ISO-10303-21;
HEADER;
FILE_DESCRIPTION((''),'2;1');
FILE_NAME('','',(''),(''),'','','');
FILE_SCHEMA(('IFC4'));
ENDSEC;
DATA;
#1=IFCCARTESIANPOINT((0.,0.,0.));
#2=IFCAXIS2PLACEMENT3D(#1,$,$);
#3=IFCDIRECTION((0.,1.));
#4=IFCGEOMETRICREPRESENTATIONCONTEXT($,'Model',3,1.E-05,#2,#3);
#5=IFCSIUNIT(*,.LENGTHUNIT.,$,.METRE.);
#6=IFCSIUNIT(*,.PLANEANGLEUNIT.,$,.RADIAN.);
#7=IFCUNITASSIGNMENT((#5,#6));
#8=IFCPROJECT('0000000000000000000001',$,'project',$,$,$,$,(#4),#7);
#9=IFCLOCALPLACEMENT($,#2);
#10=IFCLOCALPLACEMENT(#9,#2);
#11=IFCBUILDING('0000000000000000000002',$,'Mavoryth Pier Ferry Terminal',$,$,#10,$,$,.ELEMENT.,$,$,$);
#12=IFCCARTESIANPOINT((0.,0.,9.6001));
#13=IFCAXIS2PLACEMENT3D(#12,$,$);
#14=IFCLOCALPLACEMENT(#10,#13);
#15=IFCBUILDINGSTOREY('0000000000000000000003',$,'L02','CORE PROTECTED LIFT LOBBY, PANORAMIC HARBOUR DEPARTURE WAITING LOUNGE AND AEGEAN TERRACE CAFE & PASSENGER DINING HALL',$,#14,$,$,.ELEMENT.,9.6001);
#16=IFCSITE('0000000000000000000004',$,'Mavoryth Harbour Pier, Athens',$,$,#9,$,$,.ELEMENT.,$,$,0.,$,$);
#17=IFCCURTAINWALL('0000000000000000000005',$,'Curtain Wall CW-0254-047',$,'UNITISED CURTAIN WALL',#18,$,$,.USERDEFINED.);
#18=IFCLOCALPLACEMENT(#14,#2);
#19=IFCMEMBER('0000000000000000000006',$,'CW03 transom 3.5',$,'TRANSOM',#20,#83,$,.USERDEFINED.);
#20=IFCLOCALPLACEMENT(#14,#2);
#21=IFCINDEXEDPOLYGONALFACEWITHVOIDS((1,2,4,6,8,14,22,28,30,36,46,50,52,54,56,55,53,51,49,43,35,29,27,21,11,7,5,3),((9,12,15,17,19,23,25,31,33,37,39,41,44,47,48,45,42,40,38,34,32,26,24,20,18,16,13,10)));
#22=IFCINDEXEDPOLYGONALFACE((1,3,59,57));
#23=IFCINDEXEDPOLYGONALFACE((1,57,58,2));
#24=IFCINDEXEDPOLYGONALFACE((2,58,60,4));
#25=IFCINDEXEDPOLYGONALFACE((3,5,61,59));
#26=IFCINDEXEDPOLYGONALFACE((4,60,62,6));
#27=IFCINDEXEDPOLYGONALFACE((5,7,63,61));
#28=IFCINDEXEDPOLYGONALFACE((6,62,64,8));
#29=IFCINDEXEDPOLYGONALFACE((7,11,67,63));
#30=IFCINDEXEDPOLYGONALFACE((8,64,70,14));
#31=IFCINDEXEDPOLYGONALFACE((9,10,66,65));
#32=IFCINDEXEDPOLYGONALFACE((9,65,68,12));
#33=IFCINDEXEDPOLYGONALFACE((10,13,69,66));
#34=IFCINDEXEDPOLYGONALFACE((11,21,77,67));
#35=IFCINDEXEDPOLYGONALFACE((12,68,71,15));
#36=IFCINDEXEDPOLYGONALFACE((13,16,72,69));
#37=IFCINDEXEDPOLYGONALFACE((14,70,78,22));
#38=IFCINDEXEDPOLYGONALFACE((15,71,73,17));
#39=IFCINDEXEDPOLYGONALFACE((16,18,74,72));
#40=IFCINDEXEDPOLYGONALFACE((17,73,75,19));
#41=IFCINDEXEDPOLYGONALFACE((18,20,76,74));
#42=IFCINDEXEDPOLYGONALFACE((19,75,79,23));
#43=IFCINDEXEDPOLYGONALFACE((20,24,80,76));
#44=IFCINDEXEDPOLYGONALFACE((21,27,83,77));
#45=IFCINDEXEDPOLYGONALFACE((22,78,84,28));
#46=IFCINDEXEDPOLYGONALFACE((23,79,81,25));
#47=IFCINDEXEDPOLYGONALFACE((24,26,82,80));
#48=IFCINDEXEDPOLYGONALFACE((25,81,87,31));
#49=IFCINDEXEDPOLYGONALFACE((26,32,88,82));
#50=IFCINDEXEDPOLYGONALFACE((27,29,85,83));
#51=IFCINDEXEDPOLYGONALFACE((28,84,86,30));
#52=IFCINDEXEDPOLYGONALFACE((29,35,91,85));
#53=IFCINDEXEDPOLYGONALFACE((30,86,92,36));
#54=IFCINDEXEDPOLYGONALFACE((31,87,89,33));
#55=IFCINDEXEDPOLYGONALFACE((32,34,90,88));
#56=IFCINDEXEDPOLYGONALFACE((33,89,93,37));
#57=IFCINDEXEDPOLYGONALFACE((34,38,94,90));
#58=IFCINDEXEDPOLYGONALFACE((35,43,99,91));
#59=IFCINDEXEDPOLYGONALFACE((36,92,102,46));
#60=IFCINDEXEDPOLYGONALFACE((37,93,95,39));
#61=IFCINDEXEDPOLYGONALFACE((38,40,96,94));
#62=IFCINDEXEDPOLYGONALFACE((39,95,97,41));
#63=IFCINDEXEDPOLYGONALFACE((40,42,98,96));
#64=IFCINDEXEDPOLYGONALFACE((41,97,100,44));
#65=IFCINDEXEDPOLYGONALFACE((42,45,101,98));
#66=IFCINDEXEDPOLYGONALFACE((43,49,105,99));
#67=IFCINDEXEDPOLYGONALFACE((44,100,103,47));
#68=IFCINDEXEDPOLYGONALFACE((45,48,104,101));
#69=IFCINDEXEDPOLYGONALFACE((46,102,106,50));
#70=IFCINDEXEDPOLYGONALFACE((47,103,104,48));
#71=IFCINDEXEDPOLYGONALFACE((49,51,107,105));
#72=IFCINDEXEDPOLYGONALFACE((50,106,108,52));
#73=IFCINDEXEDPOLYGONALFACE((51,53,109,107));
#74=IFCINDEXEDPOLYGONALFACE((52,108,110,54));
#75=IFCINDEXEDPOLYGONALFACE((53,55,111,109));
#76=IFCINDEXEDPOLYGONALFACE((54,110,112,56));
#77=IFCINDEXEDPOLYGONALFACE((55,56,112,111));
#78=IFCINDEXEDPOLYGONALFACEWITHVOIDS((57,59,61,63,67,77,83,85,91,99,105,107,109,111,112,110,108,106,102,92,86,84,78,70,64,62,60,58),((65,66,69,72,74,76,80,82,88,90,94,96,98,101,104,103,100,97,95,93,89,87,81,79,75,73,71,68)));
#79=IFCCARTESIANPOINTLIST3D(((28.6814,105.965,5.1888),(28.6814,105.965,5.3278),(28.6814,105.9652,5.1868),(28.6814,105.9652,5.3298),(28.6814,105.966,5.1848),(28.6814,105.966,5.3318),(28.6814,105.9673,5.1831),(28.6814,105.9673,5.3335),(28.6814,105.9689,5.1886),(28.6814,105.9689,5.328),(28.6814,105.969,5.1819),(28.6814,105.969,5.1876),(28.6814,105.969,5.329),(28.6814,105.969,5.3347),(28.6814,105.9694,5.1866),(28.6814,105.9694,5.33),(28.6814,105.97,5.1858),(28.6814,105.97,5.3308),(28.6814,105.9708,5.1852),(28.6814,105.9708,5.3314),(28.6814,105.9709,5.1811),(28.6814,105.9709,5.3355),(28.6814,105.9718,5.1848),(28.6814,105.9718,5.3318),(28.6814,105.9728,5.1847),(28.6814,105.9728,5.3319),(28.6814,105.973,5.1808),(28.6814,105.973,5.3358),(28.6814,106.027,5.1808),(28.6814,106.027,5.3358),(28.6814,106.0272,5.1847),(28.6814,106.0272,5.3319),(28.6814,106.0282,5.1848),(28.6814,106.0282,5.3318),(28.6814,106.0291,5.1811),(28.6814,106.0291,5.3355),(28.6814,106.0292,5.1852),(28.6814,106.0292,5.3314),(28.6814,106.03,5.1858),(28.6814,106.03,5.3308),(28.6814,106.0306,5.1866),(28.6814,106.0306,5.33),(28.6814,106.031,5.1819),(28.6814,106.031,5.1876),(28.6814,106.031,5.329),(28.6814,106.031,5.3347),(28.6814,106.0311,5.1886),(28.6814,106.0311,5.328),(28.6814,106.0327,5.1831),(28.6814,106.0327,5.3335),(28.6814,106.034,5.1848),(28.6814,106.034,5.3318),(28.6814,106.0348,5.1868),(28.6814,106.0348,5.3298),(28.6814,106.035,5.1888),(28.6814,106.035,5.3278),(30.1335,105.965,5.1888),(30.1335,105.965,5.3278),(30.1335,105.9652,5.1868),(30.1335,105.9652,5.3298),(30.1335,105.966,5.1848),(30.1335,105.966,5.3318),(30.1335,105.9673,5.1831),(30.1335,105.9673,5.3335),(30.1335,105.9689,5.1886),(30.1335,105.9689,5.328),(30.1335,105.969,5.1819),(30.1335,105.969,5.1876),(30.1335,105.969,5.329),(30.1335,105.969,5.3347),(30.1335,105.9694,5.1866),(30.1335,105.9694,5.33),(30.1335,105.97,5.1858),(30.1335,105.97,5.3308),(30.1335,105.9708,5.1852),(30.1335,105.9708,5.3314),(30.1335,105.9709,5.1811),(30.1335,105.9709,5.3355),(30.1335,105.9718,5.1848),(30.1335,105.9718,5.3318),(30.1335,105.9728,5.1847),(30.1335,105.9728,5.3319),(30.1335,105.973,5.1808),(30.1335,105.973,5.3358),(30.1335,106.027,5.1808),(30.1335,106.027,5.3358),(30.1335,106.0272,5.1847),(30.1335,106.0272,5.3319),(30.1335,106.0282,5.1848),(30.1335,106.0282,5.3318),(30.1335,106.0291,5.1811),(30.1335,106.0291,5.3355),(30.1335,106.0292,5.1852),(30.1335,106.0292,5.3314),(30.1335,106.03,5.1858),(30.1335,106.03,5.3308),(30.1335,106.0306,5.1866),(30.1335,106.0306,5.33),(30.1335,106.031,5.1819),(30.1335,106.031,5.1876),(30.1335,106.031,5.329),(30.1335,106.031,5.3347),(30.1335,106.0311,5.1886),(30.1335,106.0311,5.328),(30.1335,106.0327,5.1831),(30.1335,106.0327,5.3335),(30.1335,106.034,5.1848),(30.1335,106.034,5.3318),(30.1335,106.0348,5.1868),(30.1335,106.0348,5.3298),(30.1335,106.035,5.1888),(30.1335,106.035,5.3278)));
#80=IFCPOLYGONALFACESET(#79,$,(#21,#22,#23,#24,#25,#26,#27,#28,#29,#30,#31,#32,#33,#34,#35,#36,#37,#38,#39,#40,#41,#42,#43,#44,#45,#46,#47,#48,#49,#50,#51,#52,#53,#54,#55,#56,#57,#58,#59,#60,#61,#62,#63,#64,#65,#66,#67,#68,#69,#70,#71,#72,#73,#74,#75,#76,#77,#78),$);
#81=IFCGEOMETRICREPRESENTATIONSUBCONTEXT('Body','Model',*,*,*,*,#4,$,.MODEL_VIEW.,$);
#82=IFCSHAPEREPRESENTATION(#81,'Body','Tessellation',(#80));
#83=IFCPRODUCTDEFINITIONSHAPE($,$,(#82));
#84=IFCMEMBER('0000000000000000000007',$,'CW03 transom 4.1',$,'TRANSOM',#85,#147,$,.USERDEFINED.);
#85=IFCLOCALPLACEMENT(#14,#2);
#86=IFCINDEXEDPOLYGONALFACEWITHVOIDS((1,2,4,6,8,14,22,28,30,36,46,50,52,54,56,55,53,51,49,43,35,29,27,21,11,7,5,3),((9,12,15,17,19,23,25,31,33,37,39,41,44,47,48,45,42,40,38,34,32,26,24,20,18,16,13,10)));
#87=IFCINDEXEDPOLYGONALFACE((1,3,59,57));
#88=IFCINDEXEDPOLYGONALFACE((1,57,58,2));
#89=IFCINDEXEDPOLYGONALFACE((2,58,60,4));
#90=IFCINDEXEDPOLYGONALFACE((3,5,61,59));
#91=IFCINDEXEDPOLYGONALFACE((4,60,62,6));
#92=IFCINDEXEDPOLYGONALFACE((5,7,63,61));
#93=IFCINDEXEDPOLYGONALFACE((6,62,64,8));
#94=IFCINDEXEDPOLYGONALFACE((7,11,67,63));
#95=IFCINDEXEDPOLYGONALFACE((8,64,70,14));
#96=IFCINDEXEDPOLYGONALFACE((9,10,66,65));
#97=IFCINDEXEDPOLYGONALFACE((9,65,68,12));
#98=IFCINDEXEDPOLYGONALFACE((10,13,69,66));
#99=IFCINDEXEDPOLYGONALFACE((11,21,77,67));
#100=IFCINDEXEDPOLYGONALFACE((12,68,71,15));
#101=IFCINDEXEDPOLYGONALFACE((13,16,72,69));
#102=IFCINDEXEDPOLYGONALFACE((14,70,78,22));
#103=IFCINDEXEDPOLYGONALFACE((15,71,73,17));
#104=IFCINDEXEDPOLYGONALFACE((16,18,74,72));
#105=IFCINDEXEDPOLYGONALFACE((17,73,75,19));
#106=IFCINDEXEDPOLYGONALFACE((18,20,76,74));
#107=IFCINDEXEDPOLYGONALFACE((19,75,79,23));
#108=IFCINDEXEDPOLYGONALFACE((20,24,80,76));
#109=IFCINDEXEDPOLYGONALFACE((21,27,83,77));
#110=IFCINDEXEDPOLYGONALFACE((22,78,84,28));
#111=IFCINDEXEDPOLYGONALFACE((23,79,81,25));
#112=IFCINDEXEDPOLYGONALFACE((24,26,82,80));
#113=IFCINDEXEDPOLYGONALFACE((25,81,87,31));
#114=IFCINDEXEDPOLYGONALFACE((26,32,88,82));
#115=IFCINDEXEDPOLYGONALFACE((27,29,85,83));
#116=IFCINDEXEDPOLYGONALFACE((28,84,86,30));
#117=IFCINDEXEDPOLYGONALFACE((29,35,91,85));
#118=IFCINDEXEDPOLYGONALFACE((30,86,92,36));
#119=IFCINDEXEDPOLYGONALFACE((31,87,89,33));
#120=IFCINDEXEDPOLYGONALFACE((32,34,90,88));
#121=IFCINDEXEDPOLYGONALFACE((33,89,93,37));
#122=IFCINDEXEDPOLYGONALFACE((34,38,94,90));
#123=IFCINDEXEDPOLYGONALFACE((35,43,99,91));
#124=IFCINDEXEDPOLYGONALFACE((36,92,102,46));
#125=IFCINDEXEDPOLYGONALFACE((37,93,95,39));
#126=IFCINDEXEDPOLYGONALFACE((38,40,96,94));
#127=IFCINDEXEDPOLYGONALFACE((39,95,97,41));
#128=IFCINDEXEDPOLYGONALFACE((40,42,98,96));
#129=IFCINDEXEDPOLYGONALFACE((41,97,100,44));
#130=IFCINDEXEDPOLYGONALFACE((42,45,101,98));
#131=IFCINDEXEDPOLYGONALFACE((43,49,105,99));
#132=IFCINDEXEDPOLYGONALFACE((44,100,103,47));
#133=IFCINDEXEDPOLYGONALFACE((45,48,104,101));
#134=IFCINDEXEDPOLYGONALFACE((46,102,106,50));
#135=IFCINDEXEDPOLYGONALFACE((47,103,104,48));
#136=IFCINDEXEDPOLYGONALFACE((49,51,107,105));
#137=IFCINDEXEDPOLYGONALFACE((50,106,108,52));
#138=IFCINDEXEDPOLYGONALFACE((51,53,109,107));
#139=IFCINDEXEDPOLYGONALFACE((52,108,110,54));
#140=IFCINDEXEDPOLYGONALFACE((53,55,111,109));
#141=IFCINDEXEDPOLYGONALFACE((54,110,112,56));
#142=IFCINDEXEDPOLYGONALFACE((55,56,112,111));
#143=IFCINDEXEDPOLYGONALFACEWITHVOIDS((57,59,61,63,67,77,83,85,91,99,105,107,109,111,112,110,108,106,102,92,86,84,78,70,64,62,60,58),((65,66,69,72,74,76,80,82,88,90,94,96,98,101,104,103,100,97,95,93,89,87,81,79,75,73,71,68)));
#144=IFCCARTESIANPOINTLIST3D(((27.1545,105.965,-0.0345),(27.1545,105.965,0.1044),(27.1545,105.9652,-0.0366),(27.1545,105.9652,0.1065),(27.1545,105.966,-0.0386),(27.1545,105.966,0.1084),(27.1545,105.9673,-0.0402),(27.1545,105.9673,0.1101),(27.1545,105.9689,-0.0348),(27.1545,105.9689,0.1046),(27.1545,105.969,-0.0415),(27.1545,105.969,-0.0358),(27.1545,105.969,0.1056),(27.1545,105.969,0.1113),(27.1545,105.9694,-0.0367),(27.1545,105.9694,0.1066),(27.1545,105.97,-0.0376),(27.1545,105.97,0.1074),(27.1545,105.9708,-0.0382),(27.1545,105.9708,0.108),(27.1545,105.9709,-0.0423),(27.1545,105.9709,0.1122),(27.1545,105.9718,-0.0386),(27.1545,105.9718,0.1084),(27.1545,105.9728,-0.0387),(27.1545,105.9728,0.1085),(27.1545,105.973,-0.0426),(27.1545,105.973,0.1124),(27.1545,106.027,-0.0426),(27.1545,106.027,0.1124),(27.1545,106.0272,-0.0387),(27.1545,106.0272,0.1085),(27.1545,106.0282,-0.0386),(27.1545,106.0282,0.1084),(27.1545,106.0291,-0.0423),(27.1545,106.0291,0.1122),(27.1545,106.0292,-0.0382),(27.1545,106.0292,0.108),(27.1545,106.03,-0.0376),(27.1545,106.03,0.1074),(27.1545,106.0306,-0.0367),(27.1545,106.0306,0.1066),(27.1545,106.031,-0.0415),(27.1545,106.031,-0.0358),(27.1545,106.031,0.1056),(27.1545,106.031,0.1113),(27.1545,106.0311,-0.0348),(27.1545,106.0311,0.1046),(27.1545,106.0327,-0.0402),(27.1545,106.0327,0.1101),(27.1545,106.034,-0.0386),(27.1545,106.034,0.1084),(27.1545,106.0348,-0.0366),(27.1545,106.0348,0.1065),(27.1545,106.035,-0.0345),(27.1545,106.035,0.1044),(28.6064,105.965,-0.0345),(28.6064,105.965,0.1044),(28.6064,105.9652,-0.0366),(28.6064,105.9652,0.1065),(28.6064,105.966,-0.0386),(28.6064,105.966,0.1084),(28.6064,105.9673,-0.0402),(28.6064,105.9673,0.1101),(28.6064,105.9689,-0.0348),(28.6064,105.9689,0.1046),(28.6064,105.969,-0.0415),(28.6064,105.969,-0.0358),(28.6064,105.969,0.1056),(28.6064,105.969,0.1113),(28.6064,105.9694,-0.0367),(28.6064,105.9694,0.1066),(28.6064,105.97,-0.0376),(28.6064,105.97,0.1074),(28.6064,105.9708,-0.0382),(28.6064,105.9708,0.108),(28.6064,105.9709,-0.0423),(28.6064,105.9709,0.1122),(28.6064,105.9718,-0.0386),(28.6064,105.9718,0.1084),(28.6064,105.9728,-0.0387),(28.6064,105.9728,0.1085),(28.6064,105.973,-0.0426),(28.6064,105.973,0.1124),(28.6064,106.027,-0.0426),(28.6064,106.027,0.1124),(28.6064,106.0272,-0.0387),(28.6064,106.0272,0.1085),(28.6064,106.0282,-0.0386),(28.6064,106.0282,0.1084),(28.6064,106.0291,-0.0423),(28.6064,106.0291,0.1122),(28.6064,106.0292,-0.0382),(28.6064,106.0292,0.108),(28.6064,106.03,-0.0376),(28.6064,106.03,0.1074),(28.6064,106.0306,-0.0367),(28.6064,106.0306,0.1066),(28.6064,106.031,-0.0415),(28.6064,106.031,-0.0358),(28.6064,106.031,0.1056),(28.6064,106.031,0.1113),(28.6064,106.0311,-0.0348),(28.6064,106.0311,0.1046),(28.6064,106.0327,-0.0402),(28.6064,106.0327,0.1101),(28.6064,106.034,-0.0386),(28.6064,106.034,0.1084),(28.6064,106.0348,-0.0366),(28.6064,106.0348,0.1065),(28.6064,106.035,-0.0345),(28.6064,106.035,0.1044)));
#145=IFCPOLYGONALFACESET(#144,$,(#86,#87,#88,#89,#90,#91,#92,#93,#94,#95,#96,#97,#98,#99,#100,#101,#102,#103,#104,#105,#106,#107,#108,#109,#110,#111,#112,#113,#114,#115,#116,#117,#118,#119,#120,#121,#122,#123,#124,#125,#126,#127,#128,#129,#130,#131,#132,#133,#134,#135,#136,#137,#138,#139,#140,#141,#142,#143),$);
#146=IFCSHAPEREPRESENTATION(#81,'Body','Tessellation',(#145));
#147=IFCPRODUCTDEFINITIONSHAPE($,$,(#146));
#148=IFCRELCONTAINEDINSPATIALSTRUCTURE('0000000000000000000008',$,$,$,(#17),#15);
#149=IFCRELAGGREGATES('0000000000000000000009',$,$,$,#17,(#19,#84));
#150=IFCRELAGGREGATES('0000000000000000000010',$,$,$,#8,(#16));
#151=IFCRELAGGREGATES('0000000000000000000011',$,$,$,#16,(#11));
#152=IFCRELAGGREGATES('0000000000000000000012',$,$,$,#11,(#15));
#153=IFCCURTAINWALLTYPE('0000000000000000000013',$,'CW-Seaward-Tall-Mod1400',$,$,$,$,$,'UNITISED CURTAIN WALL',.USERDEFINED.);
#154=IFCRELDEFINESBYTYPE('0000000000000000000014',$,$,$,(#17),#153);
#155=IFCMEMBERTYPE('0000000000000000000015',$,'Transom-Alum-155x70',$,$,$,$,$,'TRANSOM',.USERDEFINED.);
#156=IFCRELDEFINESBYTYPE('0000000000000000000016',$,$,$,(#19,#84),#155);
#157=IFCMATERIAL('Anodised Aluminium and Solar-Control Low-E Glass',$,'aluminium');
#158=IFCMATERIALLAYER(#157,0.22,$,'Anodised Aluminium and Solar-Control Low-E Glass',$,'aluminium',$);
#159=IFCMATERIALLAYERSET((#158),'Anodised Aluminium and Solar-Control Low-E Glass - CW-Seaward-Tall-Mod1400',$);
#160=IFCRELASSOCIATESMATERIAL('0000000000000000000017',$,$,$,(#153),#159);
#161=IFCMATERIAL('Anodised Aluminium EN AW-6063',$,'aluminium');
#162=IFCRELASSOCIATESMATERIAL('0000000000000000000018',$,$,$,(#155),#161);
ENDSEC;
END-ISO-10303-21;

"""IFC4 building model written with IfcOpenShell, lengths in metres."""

from ifc_helpers import new_model, si_unit, direction, frame, origin, origin_2d, place, context, subcontext, project, spatial, hollow_rectangle, extrude, material, layer, layer_set, material_profile, profile_set, type_object, element, aggregate, save


model = new_model("IFC4")

# Units and contexts
model_context = context("Model", 3, precision=1e-05, world=origin(), true_north=direction((0.0, 1.0)))
body_context = subcontext(model_context, "Body", "Model", "MODEL_VIEW")
ifc_project = project(units=[si_unit("LENGTHUNIT", "METRE"), si_unit("PLANEANGLEUNIT", "RADIAN")], contexts=[model_context])

# Site, building, storey
site_placement = place(None, origin())
site = spatial("IfcSite", under=ifc_project, at=site_placement, Name="Mavoryth Harbour Pier, Athens", CompositionType="ELEMENT", RefElevation=0.0)
building_placement = place(site_placement, origin())
building = spatial("IfcBuilding", under=site, at=building_placement, Name="Mavoryth Pier Ferry Terminal", CompositionType="ELEMENT")
storey_placement = place(building_placement, frame((0.0, 0.0, 9.6001)))
storey = spatial("IfcBuildingStorey", under=building, at=storey_placement, Name="L02", Description="CORE PROTECTED LIFT LOBBY, PANORAMIC HARBOUR DEPARTURE WAITING LOUNGE AND AEGEAN TERRACE CAFE & PASSENGER DINING HALL", CompositionType="ELEMENT", Elevation=9.6001)

# Curtain wall
ifc_material_1 = material(Name="Anodised Aluminium and Solar-Control Low-E Glass", Category="aluminium")
ifc_layer_1 = layer(ifc_material_1, 0.22, Name="Anodised Aluminium and Solar-Control Low-E Glass", Category="aluminium")
ifc_layer_set_1 = layer_set([ifc_layer_1], Name="Anodised Aluminium and Solar-Control Low-E Glass - CW-Seaward-Tall-Mod1400")
curtain_wall_type = type_object("IfcCurtainWallType", Name="CW-Seaward-Tall-Mod1400", ElementType="UNITISED CURTAIN WALL", PredefinedType="USERDEFINED", material=ifc_layer_set_1)
curtain_wall_placement = place(storey_placement, origin())
curtain_wall = element("IfcCurtainWall", 1, at=curtain_wall_placement, inside=storey, type_object=curtain_wall_type, Name="Curtain Wall CW-0254-047", ObjectType="UNITISED CURTAIN WALL", PredefinedType="USERDEFINED")
ifc_material_2 = material(Name="Anodised Aluminium EN AW-6063", Category="aluminium")

# Members
ifc_material_profile_1 = material_profile(ifc_material_2, hollow_rectangle(XDim=0.0701, YDim=0.155, WallThickness=0.0039, InnerFilletRadius=0.0039, OuterFilletRadius=0.0081, at=origin_2d()), Name="AL-TRAN 155x70x4", Category="aluminium")
ifc_profile_set_1 = profile_set([ifc_material_profile_1], Name="Anodised Aluminium EN AW-6063 - AL-TRAN 155x70x4")
member_type_1 = type_object("IfcMemberType", Name="Transom-Alum-155x70", ElementType="TRANSOM", PredefinedType="USERDEFINED", material=ifc_profile_set_1)
member_1_placement = place(storey_placement, frame((30.1335, 106.0, 5.2583), z_axis=(-1.0, 0.0, 0.0), x_axis=(0.0, -1.0, 0.0)))
member_1 = element("IfcMember", 2, at=member_1_placement, type_object=member_type_1, Name="CW03 transom 3.5", ObjectType="TRANSOM", PredefinedType="USERDEFINED", context=body_context, shape_type="SweptSolid", body=[
    extrude(hollow_rectangle(XDim=0.0701, YDim=0.155, WallThickness=0.0039, InnerFilletRadius=0.0039, OuterFilletRadius=0.0081, at=origin_2d()), origin(), (0.0, 0.0, 1.0), 1.4521),
])
member_2_placement = place(storey_placement, frame((28.6064, 106.0, 0.0349), z_axis=(-1.0, 0.0, 0.0), x_axis=(0.0, -1.0, 0.0)))
member_2 = element("IfcMember", 3, at=member_2_placement, type_object=member_type_1, Name="CW03 transom 4.1", ObjectType="TRANSOM", PredefinedType="USERDEFINED", context=body_context, shape_type="SweptSolid", body=[
    extrude(hollow_rectangle(XDim=0.0701, YDim=0.155, WallThickness=0.0039, InnerFilletRadius=0.0039, OuterFilletRadius=0.0081, at=origin_2d()), origin(), (0.0, 0.0, 1.0), 1.4519),
])

aggregate(curtain_wall, [member_1, member_2])

save(model, "model.ifc")
